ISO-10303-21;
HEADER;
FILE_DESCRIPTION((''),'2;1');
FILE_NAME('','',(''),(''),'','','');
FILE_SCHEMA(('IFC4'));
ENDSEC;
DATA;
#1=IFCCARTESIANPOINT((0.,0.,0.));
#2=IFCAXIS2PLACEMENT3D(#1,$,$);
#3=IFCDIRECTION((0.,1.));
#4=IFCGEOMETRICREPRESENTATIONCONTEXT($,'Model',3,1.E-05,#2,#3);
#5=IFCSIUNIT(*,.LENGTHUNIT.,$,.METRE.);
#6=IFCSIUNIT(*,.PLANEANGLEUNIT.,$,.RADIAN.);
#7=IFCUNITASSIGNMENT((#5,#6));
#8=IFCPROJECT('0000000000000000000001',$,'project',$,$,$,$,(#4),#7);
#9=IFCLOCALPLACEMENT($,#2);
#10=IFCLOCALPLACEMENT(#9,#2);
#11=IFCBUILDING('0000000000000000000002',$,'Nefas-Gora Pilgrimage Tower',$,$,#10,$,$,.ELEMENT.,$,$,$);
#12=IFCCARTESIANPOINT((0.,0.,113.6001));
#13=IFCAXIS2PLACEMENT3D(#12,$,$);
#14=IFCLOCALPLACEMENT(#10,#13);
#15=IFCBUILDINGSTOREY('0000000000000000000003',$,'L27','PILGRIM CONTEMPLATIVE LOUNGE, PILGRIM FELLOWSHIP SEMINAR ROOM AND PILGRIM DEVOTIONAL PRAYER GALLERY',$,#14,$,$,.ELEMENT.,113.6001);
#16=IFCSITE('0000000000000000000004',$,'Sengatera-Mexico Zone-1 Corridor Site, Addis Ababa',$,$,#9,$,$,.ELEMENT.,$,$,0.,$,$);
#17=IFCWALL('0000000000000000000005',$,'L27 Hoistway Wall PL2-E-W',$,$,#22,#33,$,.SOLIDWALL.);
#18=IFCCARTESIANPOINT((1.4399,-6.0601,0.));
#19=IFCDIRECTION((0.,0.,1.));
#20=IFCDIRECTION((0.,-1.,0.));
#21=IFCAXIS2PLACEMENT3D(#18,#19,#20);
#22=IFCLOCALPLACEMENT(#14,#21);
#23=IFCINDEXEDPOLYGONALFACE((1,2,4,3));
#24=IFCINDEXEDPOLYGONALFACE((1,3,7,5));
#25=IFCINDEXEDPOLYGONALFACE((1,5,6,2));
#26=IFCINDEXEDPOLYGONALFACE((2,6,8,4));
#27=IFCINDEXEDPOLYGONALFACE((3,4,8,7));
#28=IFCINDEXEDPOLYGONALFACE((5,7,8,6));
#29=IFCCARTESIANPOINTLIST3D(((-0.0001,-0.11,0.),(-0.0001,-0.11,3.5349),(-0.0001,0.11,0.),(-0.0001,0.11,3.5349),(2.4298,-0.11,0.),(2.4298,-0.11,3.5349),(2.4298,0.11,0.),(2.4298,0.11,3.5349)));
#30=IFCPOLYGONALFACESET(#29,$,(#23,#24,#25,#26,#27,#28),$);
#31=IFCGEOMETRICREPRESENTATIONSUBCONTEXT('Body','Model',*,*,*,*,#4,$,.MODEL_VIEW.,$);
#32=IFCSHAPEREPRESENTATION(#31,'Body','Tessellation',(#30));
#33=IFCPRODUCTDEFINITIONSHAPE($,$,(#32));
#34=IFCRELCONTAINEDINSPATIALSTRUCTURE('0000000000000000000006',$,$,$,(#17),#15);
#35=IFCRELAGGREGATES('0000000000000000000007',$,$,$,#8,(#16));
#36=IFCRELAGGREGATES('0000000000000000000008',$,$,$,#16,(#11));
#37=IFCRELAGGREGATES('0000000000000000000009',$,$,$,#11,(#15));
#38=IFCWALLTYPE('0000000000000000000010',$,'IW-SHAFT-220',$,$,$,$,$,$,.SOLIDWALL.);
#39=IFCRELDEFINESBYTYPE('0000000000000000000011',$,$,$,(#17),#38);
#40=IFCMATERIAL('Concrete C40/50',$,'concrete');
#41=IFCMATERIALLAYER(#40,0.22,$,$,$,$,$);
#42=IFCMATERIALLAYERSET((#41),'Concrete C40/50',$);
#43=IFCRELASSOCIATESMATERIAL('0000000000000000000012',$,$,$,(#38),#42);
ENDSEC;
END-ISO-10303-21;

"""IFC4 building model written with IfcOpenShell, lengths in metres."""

from ifc_helpers import new_model, si_unit, direction, frame, frame_2d, origin, place, context, subcontext, project, spatial, rectangle, extrude, source, transform, mapped, material, layer, layer_set, type_object, element, save


model = new_model("IFC4")

# Units and contexts
model_context = context("Model", 3, precision=1e-05, world=origin(), true_north=direction((0.0, 1.0)))
body_context = subcontext(model_context, "Body", "Model", "MODEL_VIEW")
ifc_project = project(units=[si_unit("LENGTHUNIT", "METRE"), si_unit("PLANEANGLEUNIT", "RADIAN")], contexts=[model_context])

# Site, building, storey
site_placement = place(None, origin())
site = spatial("IfcSite", under=ifc_project, at=site_placement, Name="Sengatera-Mexico Zone-1 Corridor Site, Addis Ababa", CompositionType="ELEMENT", RefElevation=0.0)
building_placement = place(site_placement, origin())
building = spatial("IfcBuilding", under=site, at=building_placement, Name="Nefas-Gora Pilgrimage Tower", CompositionType="ELEMENT")
storey_placement = place(building_placement, frame((0.0, 0.0, 113.6001)))
storey = spatial("IfcBuildingStorey", under=building, at=storey_placement, Name="L27", Description="PILGRIM CONTEMPLATIVE LOUNGE, PILGRIM FELLOWSHIP SEMINAR ROOM AND PILGRIM DEVOTIONAL PRAYER GALLERY", CompositionType="ELEMENT", Elevation=113.6001)

# Shared definitions
ifc_material_1 = material(Name="Concrete C40/50", Category="concrete")
ifc_layer_1 = layer(ifc_material_1, 0.22)
ifc_layer_set_1 = layer_set([ifc_layer_1], Name="Concrete C40/50")
wall_type_1 = type_object("IfcWallType", Name="IW-SHAFT-220", PredefinedType="SOLIDWALL", material=ifc_layer_set_1)

# Wall
shared_shape_1 = source(origin(), body_context, "Body", "SweptSolid", [
    extrude(rectangle(XDim=2.4299, YDim=0.22, at=frame_2d((1.2148, 0.0))), origin(), (0.0, 0.0, 1.0), 3.5349),
])
for number, where, z_axis, x_axis, name in (
    (1, (1.4399, -6.0601, 0.0), (0.0, 0.0, 1.0), (0.0, -1.0, 0.0), "L27 Hoistway Wall PL2-E-W"),
):
    element("IfcWall", number, at=place(storey_placement, frame(where, z_axis=z_axis, x_axis=x_axis)), inside=storey, type_object=wall_type_1, Name=name, PredefinedType="SOLIDWALL", context=body_context, shape_type="MappedRepresentation", body=[
        mapped(shared_shape_1, transform((0.0, 0.0, 0.0), x_axis=(1.0, 0.0, 0.0), y_axis=(0.0, 1.0, 0.0), z_axis=(0.0, 0.0, 1.0), scale=1.0)),
    ])

save(model, "model.ifc")
